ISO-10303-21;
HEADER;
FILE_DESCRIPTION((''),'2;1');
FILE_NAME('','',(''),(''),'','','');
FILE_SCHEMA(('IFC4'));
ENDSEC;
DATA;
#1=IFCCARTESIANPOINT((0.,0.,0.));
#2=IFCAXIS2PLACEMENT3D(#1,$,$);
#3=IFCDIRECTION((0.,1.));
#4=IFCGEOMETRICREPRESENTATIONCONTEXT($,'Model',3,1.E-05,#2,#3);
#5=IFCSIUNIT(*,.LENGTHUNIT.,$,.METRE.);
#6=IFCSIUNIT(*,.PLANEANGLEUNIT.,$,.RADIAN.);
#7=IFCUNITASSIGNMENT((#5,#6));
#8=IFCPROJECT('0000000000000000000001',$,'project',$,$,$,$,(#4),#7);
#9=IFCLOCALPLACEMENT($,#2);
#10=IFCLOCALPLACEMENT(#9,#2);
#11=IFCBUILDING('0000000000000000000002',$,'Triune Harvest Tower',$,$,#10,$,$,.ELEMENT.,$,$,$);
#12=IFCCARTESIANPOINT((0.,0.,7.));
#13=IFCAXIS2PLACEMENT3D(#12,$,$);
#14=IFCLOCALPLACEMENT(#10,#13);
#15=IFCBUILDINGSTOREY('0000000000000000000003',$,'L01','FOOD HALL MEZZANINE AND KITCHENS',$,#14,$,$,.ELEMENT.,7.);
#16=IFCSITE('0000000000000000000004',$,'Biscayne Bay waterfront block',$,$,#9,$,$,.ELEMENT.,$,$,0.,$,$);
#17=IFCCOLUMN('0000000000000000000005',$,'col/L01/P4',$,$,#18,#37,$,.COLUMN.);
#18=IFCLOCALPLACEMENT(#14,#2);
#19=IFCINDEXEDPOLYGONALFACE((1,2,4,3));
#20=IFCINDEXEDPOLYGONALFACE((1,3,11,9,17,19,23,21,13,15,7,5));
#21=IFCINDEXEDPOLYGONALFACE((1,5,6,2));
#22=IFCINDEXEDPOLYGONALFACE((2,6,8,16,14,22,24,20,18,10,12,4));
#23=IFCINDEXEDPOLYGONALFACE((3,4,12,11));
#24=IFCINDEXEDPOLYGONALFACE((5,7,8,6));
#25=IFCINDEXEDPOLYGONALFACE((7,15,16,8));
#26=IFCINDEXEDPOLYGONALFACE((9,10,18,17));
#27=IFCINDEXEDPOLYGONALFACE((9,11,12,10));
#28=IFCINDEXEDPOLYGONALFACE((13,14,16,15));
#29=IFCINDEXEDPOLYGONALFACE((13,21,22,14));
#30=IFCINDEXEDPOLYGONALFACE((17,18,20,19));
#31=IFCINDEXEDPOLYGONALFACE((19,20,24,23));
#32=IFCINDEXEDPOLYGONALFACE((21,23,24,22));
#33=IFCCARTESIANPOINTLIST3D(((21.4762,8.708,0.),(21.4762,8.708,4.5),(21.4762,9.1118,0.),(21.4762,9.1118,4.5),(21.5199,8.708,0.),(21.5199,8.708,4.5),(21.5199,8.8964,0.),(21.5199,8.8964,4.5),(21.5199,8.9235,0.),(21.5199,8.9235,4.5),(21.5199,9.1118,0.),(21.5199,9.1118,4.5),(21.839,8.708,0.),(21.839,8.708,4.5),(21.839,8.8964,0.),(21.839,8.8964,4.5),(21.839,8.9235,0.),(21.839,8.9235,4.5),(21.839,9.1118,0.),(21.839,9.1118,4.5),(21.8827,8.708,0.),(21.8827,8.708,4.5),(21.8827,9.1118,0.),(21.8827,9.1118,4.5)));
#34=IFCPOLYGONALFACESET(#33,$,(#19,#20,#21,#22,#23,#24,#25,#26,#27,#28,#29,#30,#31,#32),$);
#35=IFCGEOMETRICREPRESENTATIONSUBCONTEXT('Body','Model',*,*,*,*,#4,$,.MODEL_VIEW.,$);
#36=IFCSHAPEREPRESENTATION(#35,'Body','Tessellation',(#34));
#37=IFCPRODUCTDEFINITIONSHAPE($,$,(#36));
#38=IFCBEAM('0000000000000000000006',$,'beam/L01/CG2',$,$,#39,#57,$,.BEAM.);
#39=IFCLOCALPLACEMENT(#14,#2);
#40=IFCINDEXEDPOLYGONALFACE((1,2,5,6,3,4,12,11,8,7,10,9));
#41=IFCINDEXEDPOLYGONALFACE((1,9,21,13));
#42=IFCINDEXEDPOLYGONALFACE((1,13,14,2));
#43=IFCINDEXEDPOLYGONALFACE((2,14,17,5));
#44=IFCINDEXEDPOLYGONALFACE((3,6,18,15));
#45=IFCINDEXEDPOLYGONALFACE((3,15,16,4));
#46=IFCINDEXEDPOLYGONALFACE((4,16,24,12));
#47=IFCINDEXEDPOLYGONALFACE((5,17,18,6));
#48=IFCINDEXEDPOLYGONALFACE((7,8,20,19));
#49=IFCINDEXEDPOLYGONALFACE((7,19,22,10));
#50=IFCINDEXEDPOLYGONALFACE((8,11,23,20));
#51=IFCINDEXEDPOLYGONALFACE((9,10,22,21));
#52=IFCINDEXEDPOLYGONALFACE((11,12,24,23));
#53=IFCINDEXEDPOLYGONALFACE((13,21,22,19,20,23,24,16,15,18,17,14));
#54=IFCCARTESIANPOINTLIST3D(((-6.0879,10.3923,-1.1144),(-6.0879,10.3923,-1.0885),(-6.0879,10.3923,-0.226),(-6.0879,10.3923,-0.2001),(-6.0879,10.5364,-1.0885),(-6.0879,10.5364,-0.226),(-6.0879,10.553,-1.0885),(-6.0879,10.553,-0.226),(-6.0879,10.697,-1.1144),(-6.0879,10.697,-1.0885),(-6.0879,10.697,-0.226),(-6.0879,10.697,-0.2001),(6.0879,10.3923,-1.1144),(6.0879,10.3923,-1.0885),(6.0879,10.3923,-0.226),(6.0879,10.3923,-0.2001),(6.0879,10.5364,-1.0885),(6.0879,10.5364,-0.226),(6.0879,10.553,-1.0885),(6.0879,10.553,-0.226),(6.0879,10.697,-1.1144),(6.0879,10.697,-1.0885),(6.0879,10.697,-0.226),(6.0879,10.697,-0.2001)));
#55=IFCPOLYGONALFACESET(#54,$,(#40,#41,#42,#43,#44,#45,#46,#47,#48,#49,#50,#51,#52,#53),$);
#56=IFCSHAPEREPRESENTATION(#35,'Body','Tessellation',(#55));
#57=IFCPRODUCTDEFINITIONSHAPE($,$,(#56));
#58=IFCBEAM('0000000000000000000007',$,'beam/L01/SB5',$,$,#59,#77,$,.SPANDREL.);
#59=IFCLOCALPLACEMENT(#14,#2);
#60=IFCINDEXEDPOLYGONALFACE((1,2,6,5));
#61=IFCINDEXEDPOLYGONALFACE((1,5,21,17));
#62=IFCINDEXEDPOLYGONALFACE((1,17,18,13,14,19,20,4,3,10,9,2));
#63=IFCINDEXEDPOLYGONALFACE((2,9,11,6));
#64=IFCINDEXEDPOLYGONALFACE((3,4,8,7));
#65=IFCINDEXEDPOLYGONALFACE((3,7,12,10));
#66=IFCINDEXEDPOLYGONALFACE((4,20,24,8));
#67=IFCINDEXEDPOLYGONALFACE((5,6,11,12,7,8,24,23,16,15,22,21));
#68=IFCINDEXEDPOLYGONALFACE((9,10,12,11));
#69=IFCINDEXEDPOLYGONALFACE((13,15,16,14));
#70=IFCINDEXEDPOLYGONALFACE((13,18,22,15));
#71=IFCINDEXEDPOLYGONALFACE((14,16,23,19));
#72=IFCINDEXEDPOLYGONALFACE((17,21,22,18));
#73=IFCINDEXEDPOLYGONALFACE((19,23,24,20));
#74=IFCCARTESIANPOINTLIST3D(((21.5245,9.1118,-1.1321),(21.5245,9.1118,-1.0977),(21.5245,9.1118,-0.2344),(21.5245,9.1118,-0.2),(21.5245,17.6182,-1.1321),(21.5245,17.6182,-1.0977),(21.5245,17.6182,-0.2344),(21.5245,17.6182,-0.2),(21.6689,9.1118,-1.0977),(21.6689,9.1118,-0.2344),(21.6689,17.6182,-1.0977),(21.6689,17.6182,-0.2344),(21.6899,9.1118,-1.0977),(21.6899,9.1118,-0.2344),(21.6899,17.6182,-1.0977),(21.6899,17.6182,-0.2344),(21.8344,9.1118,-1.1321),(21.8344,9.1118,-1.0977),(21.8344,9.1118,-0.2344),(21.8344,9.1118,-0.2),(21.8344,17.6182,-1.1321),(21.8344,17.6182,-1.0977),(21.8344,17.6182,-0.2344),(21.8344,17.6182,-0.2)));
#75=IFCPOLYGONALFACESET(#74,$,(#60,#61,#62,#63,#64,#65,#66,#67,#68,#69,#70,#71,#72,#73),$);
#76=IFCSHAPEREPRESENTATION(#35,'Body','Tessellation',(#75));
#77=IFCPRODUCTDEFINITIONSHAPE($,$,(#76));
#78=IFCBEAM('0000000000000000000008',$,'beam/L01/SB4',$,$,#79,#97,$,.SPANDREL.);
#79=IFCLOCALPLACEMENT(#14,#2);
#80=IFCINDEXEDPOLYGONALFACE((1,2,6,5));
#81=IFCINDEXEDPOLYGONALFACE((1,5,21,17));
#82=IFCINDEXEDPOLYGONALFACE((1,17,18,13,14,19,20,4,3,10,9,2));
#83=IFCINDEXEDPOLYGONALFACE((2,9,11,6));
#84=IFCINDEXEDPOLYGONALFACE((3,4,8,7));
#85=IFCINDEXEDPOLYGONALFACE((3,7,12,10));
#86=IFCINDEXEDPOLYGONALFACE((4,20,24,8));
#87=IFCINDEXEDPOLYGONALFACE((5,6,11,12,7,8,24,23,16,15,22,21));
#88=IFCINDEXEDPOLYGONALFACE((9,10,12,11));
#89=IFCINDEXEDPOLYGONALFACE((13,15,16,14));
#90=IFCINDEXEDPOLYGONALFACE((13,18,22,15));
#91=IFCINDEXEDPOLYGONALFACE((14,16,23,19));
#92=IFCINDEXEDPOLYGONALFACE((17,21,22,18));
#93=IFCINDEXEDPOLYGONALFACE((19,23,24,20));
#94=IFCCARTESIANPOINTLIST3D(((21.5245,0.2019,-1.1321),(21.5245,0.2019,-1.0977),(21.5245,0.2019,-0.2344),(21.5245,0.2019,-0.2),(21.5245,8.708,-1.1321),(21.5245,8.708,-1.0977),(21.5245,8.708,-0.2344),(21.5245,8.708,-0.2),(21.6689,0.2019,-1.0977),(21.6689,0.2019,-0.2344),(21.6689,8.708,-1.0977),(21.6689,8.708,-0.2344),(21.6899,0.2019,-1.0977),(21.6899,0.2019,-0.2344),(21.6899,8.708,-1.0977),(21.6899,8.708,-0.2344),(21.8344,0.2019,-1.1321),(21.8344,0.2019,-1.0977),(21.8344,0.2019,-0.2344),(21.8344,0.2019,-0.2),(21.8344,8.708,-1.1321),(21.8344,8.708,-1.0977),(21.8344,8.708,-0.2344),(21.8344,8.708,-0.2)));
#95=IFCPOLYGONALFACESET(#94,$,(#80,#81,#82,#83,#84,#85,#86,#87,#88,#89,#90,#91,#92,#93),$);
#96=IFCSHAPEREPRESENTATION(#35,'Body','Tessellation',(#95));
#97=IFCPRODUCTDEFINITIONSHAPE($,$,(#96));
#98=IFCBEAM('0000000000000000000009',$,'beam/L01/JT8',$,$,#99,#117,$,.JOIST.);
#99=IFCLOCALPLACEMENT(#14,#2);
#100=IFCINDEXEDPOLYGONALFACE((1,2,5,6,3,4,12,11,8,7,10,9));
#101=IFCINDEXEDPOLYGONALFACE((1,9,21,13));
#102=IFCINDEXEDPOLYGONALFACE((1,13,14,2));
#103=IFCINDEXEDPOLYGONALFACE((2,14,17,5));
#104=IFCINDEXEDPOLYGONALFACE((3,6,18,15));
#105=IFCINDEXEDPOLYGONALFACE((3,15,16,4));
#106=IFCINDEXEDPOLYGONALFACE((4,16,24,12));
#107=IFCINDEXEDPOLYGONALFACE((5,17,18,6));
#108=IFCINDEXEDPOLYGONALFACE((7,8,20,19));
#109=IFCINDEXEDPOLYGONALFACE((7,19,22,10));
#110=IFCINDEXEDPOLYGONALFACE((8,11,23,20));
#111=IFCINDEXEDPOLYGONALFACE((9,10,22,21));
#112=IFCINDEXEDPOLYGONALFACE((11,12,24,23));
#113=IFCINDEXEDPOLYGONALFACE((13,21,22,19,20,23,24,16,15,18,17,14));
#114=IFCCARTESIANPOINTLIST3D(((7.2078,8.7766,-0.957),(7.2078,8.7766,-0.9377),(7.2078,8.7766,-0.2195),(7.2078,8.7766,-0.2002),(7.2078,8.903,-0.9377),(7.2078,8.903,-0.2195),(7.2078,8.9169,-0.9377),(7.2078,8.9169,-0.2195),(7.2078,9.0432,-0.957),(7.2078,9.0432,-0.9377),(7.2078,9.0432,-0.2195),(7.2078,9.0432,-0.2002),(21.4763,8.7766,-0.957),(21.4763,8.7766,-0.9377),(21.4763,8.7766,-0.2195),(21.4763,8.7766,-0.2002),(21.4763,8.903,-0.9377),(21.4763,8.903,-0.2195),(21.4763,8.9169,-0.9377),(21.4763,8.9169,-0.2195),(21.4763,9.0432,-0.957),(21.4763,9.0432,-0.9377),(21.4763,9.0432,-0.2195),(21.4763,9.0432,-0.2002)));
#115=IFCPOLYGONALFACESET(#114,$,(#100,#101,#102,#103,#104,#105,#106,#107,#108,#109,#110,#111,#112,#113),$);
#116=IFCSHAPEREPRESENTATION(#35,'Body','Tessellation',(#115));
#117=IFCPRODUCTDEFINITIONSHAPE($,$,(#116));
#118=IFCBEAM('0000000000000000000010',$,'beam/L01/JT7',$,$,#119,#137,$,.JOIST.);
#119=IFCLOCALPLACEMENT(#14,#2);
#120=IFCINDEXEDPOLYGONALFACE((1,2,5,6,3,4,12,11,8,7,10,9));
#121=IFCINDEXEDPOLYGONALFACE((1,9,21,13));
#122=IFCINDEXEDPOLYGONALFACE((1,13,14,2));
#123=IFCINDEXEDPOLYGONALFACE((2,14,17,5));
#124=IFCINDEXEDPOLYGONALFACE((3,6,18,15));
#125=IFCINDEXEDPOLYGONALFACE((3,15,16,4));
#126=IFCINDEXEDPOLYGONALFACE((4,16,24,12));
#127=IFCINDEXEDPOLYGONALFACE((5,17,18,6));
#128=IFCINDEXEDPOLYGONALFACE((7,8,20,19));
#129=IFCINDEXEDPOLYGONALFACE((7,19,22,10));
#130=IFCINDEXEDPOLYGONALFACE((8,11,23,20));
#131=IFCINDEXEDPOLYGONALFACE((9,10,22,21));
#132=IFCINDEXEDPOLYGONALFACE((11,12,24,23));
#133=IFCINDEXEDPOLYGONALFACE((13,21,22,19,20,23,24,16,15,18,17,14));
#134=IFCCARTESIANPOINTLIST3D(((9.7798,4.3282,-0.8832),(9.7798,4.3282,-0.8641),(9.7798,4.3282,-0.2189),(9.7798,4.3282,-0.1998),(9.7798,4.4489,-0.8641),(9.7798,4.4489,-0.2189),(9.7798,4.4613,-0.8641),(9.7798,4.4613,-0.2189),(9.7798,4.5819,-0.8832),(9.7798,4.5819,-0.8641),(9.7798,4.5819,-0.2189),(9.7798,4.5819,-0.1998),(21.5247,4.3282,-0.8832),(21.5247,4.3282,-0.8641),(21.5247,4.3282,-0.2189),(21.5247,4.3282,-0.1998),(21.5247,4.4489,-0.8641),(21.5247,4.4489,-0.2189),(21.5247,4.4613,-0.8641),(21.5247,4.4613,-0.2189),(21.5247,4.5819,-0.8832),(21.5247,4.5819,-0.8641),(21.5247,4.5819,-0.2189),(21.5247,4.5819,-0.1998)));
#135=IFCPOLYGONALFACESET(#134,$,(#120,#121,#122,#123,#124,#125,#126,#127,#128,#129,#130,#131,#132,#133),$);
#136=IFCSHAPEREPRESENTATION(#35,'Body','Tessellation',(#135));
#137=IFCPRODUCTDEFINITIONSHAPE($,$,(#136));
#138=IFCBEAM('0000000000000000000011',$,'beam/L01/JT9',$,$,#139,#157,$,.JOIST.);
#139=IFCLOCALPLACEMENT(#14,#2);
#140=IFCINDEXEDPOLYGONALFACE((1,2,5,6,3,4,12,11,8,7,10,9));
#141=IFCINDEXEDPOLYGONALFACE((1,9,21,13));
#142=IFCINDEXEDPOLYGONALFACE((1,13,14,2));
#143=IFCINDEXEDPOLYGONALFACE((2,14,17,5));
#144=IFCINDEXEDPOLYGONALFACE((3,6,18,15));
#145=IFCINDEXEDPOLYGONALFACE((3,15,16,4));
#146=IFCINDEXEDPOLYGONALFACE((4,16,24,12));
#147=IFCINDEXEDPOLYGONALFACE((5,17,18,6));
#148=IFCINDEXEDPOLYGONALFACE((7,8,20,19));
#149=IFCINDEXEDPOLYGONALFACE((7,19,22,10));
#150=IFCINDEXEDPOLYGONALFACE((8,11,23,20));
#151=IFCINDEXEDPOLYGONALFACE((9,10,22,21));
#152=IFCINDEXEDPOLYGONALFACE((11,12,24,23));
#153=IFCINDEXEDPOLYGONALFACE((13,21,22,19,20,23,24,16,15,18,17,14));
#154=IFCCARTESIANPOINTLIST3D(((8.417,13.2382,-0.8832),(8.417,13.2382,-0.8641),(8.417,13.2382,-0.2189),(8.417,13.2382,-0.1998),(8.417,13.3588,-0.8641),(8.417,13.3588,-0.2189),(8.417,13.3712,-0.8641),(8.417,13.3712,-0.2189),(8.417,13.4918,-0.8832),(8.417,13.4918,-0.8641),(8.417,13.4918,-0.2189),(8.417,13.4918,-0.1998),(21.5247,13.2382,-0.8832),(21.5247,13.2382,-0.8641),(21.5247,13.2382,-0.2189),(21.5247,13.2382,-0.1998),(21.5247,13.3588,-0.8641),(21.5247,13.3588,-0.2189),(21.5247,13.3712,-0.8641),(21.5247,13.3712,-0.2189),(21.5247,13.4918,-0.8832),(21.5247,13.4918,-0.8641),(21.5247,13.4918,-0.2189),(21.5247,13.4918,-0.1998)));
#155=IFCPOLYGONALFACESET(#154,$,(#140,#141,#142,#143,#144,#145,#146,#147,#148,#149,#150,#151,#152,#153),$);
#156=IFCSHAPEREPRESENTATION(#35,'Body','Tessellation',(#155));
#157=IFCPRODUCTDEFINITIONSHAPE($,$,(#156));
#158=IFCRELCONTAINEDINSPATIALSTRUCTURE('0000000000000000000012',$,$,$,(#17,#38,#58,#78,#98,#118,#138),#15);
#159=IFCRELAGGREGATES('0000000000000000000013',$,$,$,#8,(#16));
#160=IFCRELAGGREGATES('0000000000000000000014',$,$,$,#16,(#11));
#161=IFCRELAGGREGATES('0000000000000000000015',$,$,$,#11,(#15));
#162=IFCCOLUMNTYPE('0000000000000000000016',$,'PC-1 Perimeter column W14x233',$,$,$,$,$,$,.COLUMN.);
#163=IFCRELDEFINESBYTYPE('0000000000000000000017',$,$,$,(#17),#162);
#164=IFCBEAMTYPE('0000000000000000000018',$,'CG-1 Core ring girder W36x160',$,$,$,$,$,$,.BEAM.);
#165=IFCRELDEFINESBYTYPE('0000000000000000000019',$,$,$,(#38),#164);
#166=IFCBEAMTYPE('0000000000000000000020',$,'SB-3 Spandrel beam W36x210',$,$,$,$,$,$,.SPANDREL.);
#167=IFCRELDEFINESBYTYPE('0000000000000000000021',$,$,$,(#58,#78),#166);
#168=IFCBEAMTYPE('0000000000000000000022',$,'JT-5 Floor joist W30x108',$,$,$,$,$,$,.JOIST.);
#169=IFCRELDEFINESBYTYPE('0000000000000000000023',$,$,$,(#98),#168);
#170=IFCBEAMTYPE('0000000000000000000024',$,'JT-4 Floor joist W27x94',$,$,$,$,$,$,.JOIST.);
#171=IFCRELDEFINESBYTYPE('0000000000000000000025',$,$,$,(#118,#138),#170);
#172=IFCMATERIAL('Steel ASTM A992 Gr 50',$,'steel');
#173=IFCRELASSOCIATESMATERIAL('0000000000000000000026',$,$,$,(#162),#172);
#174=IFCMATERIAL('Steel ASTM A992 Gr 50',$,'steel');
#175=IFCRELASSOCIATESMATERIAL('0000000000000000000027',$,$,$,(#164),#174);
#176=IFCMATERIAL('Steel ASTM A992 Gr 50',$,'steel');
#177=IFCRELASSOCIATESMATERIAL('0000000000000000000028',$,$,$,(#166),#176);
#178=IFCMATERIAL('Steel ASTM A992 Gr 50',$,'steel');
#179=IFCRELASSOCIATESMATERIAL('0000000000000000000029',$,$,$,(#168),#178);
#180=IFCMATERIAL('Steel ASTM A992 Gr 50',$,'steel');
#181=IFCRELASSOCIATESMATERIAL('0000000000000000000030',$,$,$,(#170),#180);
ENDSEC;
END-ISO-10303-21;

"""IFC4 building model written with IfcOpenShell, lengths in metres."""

from ifc_helpers import new_model, si_unit, direction, frame, origin, origin_2d, place, context, subcontext, project, spatial, i_section, extrude, source, transform, mapped, material, material_profile, profile_set, type_object, element, save


model = new_model("IFC4")

# Units and contexts
model_context = context("Model", 3, precision=1e-05, world=origin(), true_north=direction((0.0, 1.0)))
body_context = subcontext(model_context, "Body", "Model", "MODEL_VIEW")
ifc_project = project(units=[si_unit("LENGTHUNIT", "METRE"), si_unit("PLANEANGLEUNIT", "RADIAN")], contexts=[model_context])

# Site, building, storey
site_placement = place(None, origin())
site = spatial("IfcSite", under=ifc_project, at=site_placement, Name="Biscayne Bay waterfront block", CompositionType="ELEMENT", RefElevation=0.0)
building_placement = place(site_placement, origin())
building = spatial("IfcBuilding", under=site, at=building_placement, Name="Triune Harvest Tower", CompositionType="ELEMENT")
storey_placement = place(building_placement, frame((0.0, 0.0, 7.0)))
storey = spatial("IfcBuildingStorey", under=building, at=storey_placement, Name="L01", Description="FOOD HALL MEZZANINE AND KITCHENS", CompositionType="ELEMENT", Elevation=7.0)

# Column
ifc_material_1 = material(Name="Steel ASTM A992 Gr 50", Category="steel")
ifc_material_profile_1 = material_profile(ifc_material_1, i_section(OverallWidth=0.4038, OverallDepth=0.4065, WebThickness=0.0271, FlangeThickness=0.0437, at=origin_2d()), Name="W14x233")
ifc_profile_set_1 = profile_set([ifc_material_profile_1], Name="Steel ASTM A992 Gr 50")
column_type = type_object("IfcColumnType", Name="PC-1 Perimeter column W14x233", PredefinedType="COLUMN", material=ifc_profile_set_1)
shared_shape_1 = source(origin(), body_context, "Body", "SweptSolid", [
    extrude(i_section(OverallWidth=0.4038, OverallDepth=0.4065, WebThickness=0.0271, FlangeThickness=0.0437, at=origin_2d()), origin(), (0.0, 0.0, 1.0), 4.5),
])
column_placement = place(storey_placement, frame((21.6794, 8.9099, 0.0), z_axis=(0.0, 0.0, 1.0), x_axis=(0.0, 1.0, 0.0)))
element("IfcColumn", 1, at=column_placement, inside=storey, type_object=column_type, Name="col/L01/P4", PredefinedType="COLUMN", context=body_context, shape_type="MappedRepresentation", body=[
    mapped(shared_shape_1, transform((0.0, 0.0, 0.0), scale=1.0)),
])

# Beams
ifc_material_2 = material(Name="Steel ASTM A992 Gr 50", Category="steel")
ifc_material_profile_2 = material_profile(ifc_material_2, i_section(OverallWidth=0.3047, OverallDepth=0.9143, WebThickness=0.0166, FlangeThickness=0.0259, at=origin_2d()), Name="W36x160")
ifc_profile_set_2 = profile_set([ifc_material_profile_2], Name="Steel ASTM A992 Gr 50")
beam_type_1 = type_object("IfcBeamType", Name="CG-1 Core ring girder W36x160", PredefinedType="BEAM", material=ifc_profile_set_2)
shared_shape_2 = source(origin(), body_context, "Body", "SweptSolid", [
    extrude(i_section(OverallWidth=0.3047, OverallDepth=0.9143, WebThickness=0.0166, FlangeThickness=0.0259, at=origin_2d()), origin(), (0.0, 0.0, 1.0), 12.1758),
])
beam_1_placement = place(storey_placement, frame((6.0879, 10.5447, -0.6572), z_axis=(-1.0, 0.0, 0.0), x_axis=(0.0, -1.0, 0.0)))
element("IfcBeam", 2, at=beam_1_placement, inside=storey, type_object=beam_type_1, Name="beam/L01/CG2", PredefinedType="BEAM", context=body_context, shape_type="MappedRepresentation", body=[
    mapped(shared_shape_2, transform((0.0, 0.0, 0.0), scale=1.0)),
])
ifc_material_3 = material(Name="Steel ASTM A992 Gr 50", Category="steel")
ifc_material_profile_3 = material_profile(ifc_material_3, i_section(OverallWidth=0.3098, OverallDepth=0.9321, WebThickness=0.021, FlangeThickness=0.0344, at=origin_2d()), Name="W36x210")
ifc_profile_set_3 = profile_set([ifc_material_profile_3], Name="Steel ASTM A992 Gr 50")
beam_type_2 = type_object("IfcBeamType", Name="SB-3 Spandrel beam W36x210", PredefinedType="SPANDREL", material=ifc_profile_set_3)
shared_shape_3 = source(origin(), body_context, "Body", "SweptSolid", [
    extrude(i_section(OverallWidth=0.3098, OverallDepth=0.9321, WebThickness=0.021, FlangeThickness=0.0344, at=origin_2d()), origin(), (0.0, 0.0, 1.0), 8.5063),
])
beam_2_placement = place(storey_placement, frame((21.6794, 9.1118, -0.666), z_axis=(0.0, 1.0, 0.0), x_axis=(-1.0, 0.0, 0.0)))
element("IfcBeam", 3, at=beam_2_placement, inside=storey, type_object=beam_type_2, Name="beam/L01/SB5", PredefinedType="SPANDREL", context=body_context, shape_type="MappedRepresentation", body=[
    mapped(shared_shape_3, transform((0.0, 0.0, 0.0), scale=1.0)),
])
shared_shape_4 = source(origin(), body_context, "Body", "SweptSolid", [
    extrude(i_section(OverallWidth=0.3098, OverallDepth=0.9321, WebThickness=0.021, FlangeThickness=0.0344, at=origin_2d()), origin(), (0.0, 0.0, 1.0), 8.5061),
])
beam_3_placement = place(storey_placement, frame((21.6794, 0.2019, -0.666), z_axis=(0.0, 1.0, 0.0), x_axis=(-1.0, 0.0, 0.0)))
element("IfcBeam", 4, at=beam_3_placement, inside=storey, type_object=beam_type_2, Name="beam/L01/SB4", PredefinedType="SPANDREL", context=body_context, shape_type="MappedRepresentation", body=[
    mapped(shared_shape_4, transform((0.0, 0.0, 0.0), scale=1.0)),
])
ifc_material_4 = material(Name="Steel ASTM A992 Gr 50", Category="steel")
ifc_material_profile_4 = material_profile(ifc_material_4, i_section(OverallWidth=0.2666, OverallDepth=0.7568, WebThickness=0.0139, FlangeThickness=0.0193, at=origin_2d()), Name="W30x108")
ifc_profile_set_4 = profile_set([ifc_material_profile_4], Name="Steel ASTM A992 Gr 50")
beam_type_3 = type_object("IfcBeamType", Name="JT-5 Floor joist W30x108", PredefinedType="JOIST", material=ifc_profile_set_4)
shared_shape_5 = source(origin(), body_context, "Body", "SweptSolid", [
    extrude(i_section(OverallWidth=0.2666, OverallDepth=0.7568, WebThickness=0.0139, FlangeThickness=0.0193, at=origin_2d()), origin(), (0.0, 0.0, 1.0), 14.2686),
])
beam_4_placement = place(storey_placement, frame((21.4763, 8.9099, -0.5786), z_axis=(-1.0, 0.0, 0.0), x_axis=(0.0, -1.0, 0.0)))
element("IfcBeam", 5, at=beam_4_placement, inside=storey, type_object=beam_type_3, Name="beam/L01/JT8", PredefinedType="JOIST", context=body_context, shape_type="MappedRepresentation", body=[
    mapped(shared_shape_5, transform((0.0, 0.0, 0.0), scale=1.0)),
])
ifc_material_5 = material(Name="Steel ASTM A992 Gr 50", Category="steel")
ifc_material_profile_5 = material_profile(ifc_material_5, i_section(OverallWidth=0.2537, OverallDepth=0.6833, WebThickness=0.0125, FlangeThickness=0.019, at=origin_2d()), Name="W27x94")
ifc_profile_set_5 = profile_set([ifc_material_profile_5], Name="Steel ASTM A992 Gr 50")
beam_type_4 = type_object("IfcBeamType", Name="JT-4 Floor joist W27x94", PredefinedType="JOIST", material=ifc_profile_set_5)
shared_shape_6 = source(origin(), body_context, "Body", "SweptSolid", [
    extrude(i_section(OverallWidth=0.2537, OverallDepth=0.6833, WebThickness=0.0125, FlangeThickness=0.019, at=origin_2d()), origin(), (0.0, 0.0, 1.0), 11.7449),
])
beam_5_placement = place(storey_placement, frame((21.5247, 4.4551, -0.5415), z_axis=(-1.0, 0.0, 0.0), x_axis=(0.0, -1.0, 0.0)))
element("IfcBeam", 6, at=beam_5_placement, inside=storey, type_object=beam_type_4, Name="beam/L01/JT7", PredefinedType="JOIST", context=body_context, shape_type="MappedRepresentation", body=[
    mapped(shared_shape_6, transform((0.0, 0.0, 0.0), scale=1.0)),
])
shared_shape_7 = source(origin(), body_context, "Body", "SweptSolid", [
    extrude(i_section(OverallWidth=0.2537, OverallDepth=0.6833, WebThickness=0.0125, FlangeThickness=0.019, at=origin_2d()), origin(), (0.0, 0.0, 1.0), 13.1077),
])
beam_6_placement = place(storey_placement, frame((21.5247, 13.365, -0.5415), z_axis=(-1.0, 0.0, 0.0), x_axis=(0.0, -1.0, 0.0)))
element("IfcBeam", 7, at=beam_6_placement, inside=storey, type_object=beam_type_4, Name="beam/L01/JT9", PredefinedType="JOIST", context=body_context, shape_type="MappedRepresentation", body=[
    mapped(shared_shape_7, transform((0.0, 0.0, 0.0), scale=1.0)),
])

save(model, "model.ifc")
